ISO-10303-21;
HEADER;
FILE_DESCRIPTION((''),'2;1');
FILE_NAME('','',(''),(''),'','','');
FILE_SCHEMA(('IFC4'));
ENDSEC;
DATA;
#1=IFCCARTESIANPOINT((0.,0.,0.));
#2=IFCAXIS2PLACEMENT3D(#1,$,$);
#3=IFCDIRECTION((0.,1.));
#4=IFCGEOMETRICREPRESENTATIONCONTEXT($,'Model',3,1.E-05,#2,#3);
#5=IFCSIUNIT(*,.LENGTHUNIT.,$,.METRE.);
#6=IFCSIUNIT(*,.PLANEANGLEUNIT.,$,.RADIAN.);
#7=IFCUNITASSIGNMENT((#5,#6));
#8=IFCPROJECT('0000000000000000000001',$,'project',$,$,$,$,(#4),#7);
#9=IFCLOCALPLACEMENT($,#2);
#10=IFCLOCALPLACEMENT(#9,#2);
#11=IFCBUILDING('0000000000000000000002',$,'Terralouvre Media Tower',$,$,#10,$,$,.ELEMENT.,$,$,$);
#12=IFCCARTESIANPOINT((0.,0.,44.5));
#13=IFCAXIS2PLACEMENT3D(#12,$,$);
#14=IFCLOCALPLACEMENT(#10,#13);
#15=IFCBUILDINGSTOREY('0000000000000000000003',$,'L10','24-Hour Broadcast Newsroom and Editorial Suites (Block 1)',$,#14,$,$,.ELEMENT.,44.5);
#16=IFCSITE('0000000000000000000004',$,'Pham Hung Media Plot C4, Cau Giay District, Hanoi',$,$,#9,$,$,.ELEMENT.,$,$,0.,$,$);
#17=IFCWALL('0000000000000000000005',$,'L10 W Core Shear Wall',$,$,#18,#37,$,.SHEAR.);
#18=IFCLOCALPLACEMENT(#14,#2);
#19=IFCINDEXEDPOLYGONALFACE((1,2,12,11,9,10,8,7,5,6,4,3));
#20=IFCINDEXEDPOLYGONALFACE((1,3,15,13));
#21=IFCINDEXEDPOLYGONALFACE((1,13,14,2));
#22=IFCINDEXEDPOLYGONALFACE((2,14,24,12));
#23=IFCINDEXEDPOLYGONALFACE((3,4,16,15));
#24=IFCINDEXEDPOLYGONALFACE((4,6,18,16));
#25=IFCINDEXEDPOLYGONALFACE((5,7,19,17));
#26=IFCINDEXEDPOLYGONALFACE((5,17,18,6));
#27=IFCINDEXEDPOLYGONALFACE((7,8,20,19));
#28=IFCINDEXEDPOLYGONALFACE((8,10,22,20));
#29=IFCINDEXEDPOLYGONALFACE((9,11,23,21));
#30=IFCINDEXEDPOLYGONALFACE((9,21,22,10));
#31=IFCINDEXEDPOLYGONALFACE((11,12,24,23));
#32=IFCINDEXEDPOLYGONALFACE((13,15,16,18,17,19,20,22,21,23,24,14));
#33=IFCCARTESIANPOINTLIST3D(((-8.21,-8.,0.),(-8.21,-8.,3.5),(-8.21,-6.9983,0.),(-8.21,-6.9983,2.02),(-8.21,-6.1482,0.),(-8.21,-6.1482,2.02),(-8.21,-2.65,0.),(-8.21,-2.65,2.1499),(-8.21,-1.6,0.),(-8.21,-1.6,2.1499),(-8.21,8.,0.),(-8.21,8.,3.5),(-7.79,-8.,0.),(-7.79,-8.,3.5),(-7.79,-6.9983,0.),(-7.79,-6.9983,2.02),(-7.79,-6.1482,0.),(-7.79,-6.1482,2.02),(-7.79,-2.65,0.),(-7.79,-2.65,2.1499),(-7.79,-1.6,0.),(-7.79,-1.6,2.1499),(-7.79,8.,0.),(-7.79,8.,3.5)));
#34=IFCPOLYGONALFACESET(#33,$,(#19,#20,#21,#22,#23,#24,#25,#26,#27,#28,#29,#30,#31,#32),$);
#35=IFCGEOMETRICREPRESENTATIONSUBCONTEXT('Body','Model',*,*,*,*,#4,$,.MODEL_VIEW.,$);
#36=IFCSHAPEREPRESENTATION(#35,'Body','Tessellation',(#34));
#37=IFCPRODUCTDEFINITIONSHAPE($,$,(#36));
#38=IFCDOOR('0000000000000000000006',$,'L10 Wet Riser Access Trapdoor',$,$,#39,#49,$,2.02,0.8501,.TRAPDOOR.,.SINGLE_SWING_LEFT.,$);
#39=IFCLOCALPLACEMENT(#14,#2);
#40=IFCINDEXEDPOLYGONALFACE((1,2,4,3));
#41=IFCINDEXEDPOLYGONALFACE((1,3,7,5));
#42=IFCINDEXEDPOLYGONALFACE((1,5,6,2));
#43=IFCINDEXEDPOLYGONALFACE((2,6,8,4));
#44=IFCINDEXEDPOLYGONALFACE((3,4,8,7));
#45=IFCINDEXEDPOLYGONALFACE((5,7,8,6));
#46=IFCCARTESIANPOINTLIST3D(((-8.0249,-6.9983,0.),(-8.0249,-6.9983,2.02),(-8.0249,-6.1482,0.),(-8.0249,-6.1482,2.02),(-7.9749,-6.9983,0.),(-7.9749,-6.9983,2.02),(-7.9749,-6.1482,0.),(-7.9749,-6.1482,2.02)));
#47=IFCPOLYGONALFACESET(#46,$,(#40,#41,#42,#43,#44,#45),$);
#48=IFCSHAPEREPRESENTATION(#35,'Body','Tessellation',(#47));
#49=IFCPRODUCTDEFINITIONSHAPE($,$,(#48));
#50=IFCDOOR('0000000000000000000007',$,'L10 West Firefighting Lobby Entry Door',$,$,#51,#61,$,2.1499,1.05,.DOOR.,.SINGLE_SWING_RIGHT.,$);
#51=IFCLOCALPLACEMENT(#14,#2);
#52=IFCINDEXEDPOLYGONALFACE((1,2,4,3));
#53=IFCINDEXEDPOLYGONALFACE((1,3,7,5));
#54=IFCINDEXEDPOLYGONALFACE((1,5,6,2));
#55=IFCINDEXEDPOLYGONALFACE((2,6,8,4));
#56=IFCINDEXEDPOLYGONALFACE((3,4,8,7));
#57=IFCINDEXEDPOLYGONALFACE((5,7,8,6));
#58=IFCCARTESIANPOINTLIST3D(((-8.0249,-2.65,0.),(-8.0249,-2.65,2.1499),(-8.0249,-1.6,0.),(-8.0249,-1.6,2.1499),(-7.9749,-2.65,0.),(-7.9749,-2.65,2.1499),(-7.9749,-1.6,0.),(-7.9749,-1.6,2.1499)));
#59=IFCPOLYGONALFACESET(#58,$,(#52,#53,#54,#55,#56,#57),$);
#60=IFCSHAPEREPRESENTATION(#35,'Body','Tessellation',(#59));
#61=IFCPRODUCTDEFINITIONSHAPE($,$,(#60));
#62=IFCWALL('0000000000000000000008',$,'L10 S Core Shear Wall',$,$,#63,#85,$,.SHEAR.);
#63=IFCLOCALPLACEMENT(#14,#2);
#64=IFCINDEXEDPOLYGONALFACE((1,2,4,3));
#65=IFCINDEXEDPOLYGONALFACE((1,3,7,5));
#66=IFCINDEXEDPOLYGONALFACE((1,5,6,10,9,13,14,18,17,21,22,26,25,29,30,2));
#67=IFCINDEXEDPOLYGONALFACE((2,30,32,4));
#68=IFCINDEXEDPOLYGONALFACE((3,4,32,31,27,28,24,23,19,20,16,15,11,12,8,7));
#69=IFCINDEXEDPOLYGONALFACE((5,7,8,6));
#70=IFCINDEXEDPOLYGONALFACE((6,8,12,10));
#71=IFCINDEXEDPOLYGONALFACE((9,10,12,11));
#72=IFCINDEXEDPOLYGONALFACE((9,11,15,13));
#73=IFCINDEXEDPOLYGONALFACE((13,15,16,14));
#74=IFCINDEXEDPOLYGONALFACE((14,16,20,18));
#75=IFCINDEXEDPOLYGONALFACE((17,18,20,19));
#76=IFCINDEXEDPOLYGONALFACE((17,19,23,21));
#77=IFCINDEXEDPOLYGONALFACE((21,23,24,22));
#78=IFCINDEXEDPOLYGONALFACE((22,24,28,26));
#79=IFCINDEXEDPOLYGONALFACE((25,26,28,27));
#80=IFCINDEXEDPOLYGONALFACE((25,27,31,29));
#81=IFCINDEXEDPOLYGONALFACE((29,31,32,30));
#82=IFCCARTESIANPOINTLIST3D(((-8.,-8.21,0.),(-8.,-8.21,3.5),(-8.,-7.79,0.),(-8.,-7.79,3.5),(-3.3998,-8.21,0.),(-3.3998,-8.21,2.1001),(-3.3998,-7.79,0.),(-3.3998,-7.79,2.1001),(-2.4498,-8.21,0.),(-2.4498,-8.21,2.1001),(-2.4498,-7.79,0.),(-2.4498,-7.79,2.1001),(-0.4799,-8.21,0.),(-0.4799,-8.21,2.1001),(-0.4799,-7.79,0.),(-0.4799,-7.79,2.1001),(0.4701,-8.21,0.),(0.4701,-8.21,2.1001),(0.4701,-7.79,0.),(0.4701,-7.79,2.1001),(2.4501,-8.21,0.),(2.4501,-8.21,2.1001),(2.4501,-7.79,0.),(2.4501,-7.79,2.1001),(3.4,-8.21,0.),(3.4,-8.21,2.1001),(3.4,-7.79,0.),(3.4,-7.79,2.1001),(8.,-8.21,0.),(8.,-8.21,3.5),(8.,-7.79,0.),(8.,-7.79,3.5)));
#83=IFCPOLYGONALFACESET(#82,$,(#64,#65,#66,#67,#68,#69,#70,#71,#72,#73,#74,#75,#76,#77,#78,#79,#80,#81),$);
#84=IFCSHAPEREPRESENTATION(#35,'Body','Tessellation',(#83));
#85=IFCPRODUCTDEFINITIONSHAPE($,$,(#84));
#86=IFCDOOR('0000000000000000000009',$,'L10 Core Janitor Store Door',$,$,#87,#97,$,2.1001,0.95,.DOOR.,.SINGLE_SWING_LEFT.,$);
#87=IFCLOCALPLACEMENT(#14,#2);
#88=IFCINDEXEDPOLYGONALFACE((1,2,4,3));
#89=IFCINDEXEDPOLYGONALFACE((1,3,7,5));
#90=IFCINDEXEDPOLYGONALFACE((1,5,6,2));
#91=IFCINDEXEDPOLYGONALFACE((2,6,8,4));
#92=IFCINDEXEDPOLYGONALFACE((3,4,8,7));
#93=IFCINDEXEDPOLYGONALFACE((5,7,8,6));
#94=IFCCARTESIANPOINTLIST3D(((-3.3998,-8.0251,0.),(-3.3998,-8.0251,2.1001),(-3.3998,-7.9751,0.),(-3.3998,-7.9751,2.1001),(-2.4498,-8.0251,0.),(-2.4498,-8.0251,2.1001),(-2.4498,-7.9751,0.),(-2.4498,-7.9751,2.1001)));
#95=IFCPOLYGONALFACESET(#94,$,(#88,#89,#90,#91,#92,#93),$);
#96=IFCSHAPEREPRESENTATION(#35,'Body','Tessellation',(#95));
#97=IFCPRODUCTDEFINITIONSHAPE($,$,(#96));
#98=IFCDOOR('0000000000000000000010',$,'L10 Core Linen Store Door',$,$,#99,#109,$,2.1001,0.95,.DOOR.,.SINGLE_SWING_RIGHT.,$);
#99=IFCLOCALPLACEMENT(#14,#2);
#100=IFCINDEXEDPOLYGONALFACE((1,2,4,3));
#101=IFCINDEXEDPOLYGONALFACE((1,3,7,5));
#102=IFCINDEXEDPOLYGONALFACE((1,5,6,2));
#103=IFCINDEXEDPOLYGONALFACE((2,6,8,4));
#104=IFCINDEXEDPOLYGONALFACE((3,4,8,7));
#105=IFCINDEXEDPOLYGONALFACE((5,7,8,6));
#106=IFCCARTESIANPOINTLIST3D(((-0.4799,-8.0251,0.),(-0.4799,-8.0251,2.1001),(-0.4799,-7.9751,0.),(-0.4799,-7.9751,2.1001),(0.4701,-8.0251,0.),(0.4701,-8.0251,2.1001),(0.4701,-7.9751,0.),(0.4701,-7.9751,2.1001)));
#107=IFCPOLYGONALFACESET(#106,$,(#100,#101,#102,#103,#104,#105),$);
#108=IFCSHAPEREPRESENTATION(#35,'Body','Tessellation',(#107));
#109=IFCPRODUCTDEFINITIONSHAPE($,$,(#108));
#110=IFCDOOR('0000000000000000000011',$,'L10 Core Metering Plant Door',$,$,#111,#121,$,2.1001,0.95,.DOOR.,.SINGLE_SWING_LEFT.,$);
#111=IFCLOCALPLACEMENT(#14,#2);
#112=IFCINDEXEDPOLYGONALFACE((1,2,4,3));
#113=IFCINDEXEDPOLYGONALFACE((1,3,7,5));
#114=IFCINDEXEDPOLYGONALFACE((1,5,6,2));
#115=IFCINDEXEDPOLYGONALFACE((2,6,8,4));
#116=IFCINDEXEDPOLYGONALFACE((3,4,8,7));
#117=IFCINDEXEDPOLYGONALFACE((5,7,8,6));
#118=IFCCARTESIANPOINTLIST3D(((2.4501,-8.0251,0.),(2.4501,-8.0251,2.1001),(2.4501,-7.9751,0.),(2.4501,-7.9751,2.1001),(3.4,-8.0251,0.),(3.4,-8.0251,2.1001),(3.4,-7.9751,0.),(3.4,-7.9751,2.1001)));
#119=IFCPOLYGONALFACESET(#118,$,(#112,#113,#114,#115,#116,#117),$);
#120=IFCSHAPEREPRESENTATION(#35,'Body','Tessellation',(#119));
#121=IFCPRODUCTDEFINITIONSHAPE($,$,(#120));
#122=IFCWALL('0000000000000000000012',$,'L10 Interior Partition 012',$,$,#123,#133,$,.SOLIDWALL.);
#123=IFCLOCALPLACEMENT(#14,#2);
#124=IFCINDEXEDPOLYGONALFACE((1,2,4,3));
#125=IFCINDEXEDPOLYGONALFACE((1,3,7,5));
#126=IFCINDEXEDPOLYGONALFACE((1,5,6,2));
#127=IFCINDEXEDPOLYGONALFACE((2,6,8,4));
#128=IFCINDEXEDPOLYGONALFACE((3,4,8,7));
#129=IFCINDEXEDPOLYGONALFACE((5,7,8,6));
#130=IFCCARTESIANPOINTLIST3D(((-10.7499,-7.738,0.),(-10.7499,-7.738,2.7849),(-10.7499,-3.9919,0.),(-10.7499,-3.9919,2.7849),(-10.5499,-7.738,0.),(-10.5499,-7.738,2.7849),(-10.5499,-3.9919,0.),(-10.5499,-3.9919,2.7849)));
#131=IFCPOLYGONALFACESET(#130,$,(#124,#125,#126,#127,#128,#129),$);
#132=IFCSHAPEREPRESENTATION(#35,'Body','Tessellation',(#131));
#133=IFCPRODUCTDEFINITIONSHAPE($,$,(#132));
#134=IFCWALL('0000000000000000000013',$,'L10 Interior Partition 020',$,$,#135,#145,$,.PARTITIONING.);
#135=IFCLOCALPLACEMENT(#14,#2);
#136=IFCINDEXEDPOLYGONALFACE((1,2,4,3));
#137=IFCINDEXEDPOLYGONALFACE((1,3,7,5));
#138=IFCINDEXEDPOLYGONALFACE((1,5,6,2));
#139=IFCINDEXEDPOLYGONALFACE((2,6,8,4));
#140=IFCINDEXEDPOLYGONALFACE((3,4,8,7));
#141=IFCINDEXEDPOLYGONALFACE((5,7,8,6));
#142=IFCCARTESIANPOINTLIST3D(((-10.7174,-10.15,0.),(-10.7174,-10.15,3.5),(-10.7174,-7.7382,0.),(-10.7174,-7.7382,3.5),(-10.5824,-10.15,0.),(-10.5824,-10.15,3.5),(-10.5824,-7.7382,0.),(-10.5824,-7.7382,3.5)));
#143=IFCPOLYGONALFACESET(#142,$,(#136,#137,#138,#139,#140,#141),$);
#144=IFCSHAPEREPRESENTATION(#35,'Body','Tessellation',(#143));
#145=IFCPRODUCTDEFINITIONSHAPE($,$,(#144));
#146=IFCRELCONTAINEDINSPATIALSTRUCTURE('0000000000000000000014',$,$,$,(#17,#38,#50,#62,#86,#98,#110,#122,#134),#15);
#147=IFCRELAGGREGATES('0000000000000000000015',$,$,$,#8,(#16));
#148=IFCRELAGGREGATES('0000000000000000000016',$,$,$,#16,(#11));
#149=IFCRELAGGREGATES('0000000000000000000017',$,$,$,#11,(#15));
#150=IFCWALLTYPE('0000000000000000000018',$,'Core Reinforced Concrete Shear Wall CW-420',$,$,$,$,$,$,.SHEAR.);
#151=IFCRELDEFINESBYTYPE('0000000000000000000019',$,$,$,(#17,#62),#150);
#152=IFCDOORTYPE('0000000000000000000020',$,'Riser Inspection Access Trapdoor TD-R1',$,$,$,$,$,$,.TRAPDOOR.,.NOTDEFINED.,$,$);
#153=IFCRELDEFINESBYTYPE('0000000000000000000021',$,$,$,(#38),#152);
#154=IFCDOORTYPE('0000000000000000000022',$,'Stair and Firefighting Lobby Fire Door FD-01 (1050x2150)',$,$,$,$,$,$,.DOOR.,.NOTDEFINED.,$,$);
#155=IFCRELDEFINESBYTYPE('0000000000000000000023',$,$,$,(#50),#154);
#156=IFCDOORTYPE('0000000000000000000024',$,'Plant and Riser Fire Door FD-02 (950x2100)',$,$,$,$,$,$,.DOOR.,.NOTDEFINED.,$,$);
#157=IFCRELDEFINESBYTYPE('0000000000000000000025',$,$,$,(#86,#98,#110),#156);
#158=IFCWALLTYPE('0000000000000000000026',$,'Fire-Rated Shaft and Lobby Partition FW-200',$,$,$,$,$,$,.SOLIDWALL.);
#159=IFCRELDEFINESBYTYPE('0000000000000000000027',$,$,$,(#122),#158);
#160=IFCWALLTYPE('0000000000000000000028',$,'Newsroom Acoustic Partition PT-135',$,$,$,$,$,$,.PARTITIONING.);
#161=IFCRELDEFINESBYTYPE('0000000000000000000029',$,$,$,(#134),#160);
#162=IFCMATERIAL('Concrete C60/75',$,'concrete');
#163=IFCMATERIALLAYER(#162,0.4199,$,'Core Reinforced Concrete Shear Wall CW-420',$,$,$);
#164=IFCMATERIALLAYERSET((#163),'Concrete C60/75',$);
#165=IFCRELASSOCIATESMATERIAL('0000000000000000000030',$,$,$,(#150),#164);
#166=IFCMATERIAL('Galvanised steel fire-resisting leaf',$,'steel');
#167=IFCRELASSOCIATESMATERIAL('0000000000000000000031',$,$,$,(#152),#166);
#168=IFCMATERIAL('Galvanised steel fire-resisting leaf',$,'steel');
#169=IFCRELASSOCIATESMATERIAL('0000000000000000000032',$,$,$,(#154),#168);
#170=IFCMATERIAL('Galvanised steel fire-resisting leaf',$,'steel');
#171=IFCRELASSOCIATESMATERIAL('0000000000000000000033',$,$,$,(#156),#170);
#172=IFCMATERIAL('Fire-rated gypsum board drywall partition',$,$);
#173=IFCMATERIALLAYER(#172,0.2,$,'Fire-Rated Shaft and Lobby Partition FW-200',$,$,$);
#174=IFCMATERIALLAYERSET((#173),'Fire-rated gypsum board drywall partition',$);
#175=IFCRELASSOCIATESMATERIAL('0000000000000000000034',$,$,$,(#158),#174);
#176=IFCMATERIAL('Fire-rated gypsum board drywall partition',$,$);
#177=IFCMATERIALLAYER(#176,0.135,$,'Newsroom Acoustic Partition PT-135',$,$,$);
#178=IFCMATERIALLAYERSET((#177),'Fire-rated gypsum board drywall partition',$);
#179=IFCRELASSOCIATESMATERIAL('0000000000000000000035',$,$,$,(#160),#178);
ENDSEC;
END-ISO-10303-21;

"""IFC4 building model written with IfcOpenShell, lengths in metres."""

from ifc_helpers import new_model, si_unit, direction, frame, frame_2d, origin, place, context, subcontext, project, spatial, rectangle, extrude, material, layer, layer_set, type_object, element, fill, save


model = new_model("IFC4")

# Units and contexts
model_context = context("Model", 3, precision=1e-05, world=origin(), true_north=direction((0.0, 1.0)))
body_context = subcontext(model_context, "Body", "Model", "MODEL_VIEW")
ifc_project = project(units=[si_unit("LENGTHUNIT", "METRE"), si_unit("PLANEANGLEUNIT", "RADIAN")], contexts=[model_context])

# Site, building, storey
site_placement = place(None, origin())
site = spatial("IfcSite", under=ifc_project, at=site_placement, Name="Pham Hung Media Plot C4, Cau Giay District, Hanoi", CompositionType="ELEMENT", RefElevation=0.0)
building_placement = place(site_placement, origin())
building = spatial("IfcBuilding", under=site, at=building_placement, Name="Terralouvre Media Tower", CompositionType="ELEMENT")
storey_placement = place(building_placement, frame((0.0, 0.0, 44.5)))
storey = spatial("IfcBuildingStorey", under=building, at=storey_placement, Name="L10", Description="24-Hour Broadcast Newsroom and Editorial Suites (Block 1)", CompositionType="ELEMENT", Elevation=44.5)

# Walls, openings, doors
ifc_material_1 = material(Name="Concrete C60/75", Category="concrete")
ifc_layer_1 = layer(ifc_material_1, 0.4199, Name="Core Reinforced Concrete Shear Wall CW-420")
ifc_layer_set_1 = layer_set([ifc_layer_1], Name="Concrete C60/75")
wall_type_1 = type_object("IfcWallType", Name="Core Reinforced Concrete Shear Wall CW-420", PredefinedType="SHEAR", material=ifc_layer_set_1)
wall_1_placement = place(storey_placement, frame((-8.0, -8.0, 0.0), z_axis=(0.0, 0.0, 1.0), x_axis=(0.0, 1.0, 0.0)))
wall_1 = element("IfcWall", 1, at=wall_1_placement, inside=storey, type_object=wall_type_1, Name="L10 W Core Shear Wall", PredefinedType="SHEAR", context=body_context, shape_type="SweptSolid", body=[
    extrude(rectangle(XDim=16.0, YDim=0.4199, at=frame_2d((8.0, 0.0))), origin(), (0.0, 0.0, 1.0), 3.5),
])
opening_1_placement = place(wall_1_placement, frame((1.0017, 0.0, 0.0)))
opening_1 = element("IfcOpeningElement", 2, at=opening_1_placement, cuts=wall_1, PredefinedType="OPENING", context=body_context, shape_type="SweptSolid", body=[
    extrude(rectangle(XDim=0.8501, YDim=2.02, at=frame_2d((0.425, 1.01))), frame((0.0, 0.22, 0.0), z_axis=(0.0, -1.0, 0.0), x_axis=(1.0, 0.0, 0.0)), (0.0, 0.0, 1.0), 0.4399),
])
opening_2_placement = place(wall_1_placement, frame((5.3501, 0.0, 0.0)))
opening_2 = element("IfcOpeningElement", 3, at=opening_2_placement, cuts=wall_1, PredefinedType="OPENING", context=body_context, shape_type="SweptSolid", body=[
    extrude(rectangle(XDim=1.05, YDim=2.1499, at=frame_2d((0.5249, 1.075))), frame((0.0, 0.22, 0.0), z_axis=(0.0, -1.0, 0.0), x_axis=(1.0, 0.0, 0.0)), (0.0, 0.0, 1.0), 0.4399),
])
ifc_material_2 = material(Name="Galvanised steel fire-resisting leaf", Category="steel")
door_type_1 = type_object("IfcDoorType", Name="Riser Inspection Access Trapdoor TD-R1", OperationType="NOTDEFINED", PredefinedType="TRAPDOOR", material=ifc_material_2)
door_1_placement = place(opening_1_placement, origin())
door_1 = element("IfcDoor", 4, at=door_1_placement, inside=storey, type_object=door_type_1, Name="L10 Wet Riser Access Trapdoor", OperationType="SINGLE_SWING_LEFT", OverallHeight=2.02, OverallWidth=0.8501, PredefinedType="TRAPDOOR", context=body_context, shape_type="SweptSolid", body=[
    extrude(rectangle(XDim=0.8501, YDim=2.02, at=frame_2d((0.425, 1.01))), frame((0.0, 0.0249, 0.0), z_axis=(0.0, -1.0, 0.0), x_axis=(1.0, 0.0, 0.0)), (0.0, 0.0, 1.0), 0.05),
])
fill(opening_1, door_1)
ifc_material_3 = material(Name="Galvanised steel fire-resisting leaf", Category="steel")
door_type_2 = type_object("IfcDoorType", Name="Stair and Firefighting Lobby Fire Door FD-01 (1050x2150)", OperationType="NOTDEFINED", PredefinedType="DOOR", material=ifc_material_3)
door_2_placement = place(opening_2_placement, origin())
door_2 = element("IfcDoor", 5, at=door_2_placement, inside=storey, type_object=door_type_2, Name="L10 West Firefighting Lobby Entry Door", OperationType="SINGLE_SWING_RIGHT", OverallHeight=2.1499, OverallWidth=1.05, PredefinedType="DOOR", context=body_context, shape_type="SweptSolid", body=[
    extrude(rectangle(XDim=1.05, YDim=2.1499, at=frame_2d((0.5249, 1.075))), frame((0.0, 0.0249, 0.0), z_axis=(0.0, -1.0, 0.0), x_axis=(1.0, 0.0, 0.0)), (0.0, 0.0, 1.0), 0.05),
])
fill(opening_2, door_2)
wall_2_placement = place(storey_placement, frame((-8.0, -8.0, 0.0), z_axis=(0.0, 0.0, 1.0), x_axis=(1.0, 0.0, 0.0)))
wall_2 = element("IfcWall", 6, at=wall_2_placement, inside=storey, type_object=wall_type_1, Name="L10 S Core Shear Wall", PredefinedType="SHEAR", context=body_context, shape_type="SweptSolid", body=[
    extrude(rectangle(XDim=16.0, YDim=0.4199, at=frame_2d((8.0, 0.0))), origin(), (0.0, 0.0, 1.0), 3.5),
])
opening_3_placement = place(wall_2_placement, frame((4.6001, 0.0, 0.0)))
opening_3 = element("IfcOpeningElement", 7, at=opening_3_placement, cuts=wall_2, PredefinedType="OPENING", context=body_context, shape_type="SweptSolid", body=[
    extrude(rectangle(XDim=0.95, YDim=2.1001, at=frame_2d((0.4751, 1.05))), frame((0.0, 0.22, 0.0), z_axis=(0.0, -1.0, 0.0), x_axis=(1.0, 0.0, 0.0)), (0.0, 0.0, 1.0), 0.4399),
])
opening_4_placement = place(wall_2_placement, frame((7.52, 0.0, 0.0)))
opening_4 = element("IfcOpeningElement", 8, at=opening_4_placement, cuts=wall_2, PredefinedType="OPENING", context=body_context, shape_type="SweptSolid", body=[
    extrude(rectangle(XDim=0.95, YDim=2.1001, at=frame_2d((0.4751, 1.05))), frame((0.0, 0.22, 0.0), z_axis=(0.0, -1.0, 0.0), x_axis=(1.0, 0.0, 0.0)), (0.0, 0.0, 1.0), 0.4399),
])
opening_5_placement = place(wall_2_placement, frame((10.45, 0.0, 0.0)))
opening_5 = element("IfcOpeningElement", 9, at=opening_5_placement, cuts=wall_2, PredefinedType="OPENING", context=body_context, shape_type="SweptSolid", body=[
    extrude(rectangle(XDim=0.95, YDim=2.1001, at=frame_2d((0.4751, 1.05))), frame((0.0, 0.22, 0.0), z_axis=(0.0, -1.0, 0.0), x_axis=(1.0, 0.0, 0.0)), (0.0, 0.0, 1.0), 0.4399),
])
ifc_material_4 = material(Name="Galvanised steel fire-resisting leaf", Category="steel")
door_type_3 = type_object("IfcDoorType", Name="Plant and Riser Fire Door FD-02 (950x2100)", OperationType="NOTDEFINED", PredefinedType="DOOR", material=ifc_material_4)
door_3_placement = place(opening_3_placement, origin())
door_3 = element("IfcDoor", 10, at=door_3_placement, inside=storey, type_object=door_type_3, Name="L10 Core Janitor Store Door", OperationType="SINGLE_SWING_LEFT", OverallHeight=2.1001, OverallWidth=0.95, PredefinedType="DOOR", context=body_context, shape_type="SweptSolid", body=[
    extrude(rectangle(XDim=0.95, YDim=2.1001, at=frame_2d((0.4751, 1.05))), frame((0.0, 0.0249, 0.0), z_axis=(0.0, -1.0, 0.0), x_axis=(1.0, 0.0, 0.0)), (0.0, 0.0, 1.0), 0.05),
])
fill(opening_3, door_3)
door_4_placement = place(opening_4_placement, origin())
door_4 = element("IfcDoor", 11, at=door_4_placement, inside=storey, type_object=door_type_3, Name="L10 Core Linen Store Door", OperationType="SINGLE_SWING_RIGHT", OverallHeight=2.1001, OverallWidth=0.95, PredefinedType="DOOR", context=body_context, shape_type="SweptSolid", body=[
    extrude(rectangle(XDim=0.95, YDim=2.1001, at=frame_2d((0.4751, 1.05))), frame((0.0, 0.0249, 0.0), z_axis=(0.0, -1.0, 0.0), x_axis=(1.0, 0.0, 0.0)), (0.0, 0.0, 1.0), 0.05),
])
fill(opening_4, door_4)
door_5_placement = place(opening_5_placement, origin())
door_5 = element("IfcDoor", 12, at=door_5_placement, inside=storey, type_object=door_type_3, Name="L10 Core Metering Plant Door", OperationType="SINGLE_SWING_LEFT", OverallHeight=2.1001, OverallWidth=0.95, PredefinedType="DOOR", context=body_context, shape_type="SweptSolid", body=[
    extrude(rectangle(XDim=0.95, YDim=2.1001, at=frame_2d((0.4751, 1.05))), frame((0.0, 0.0249, 0.0), z_axis=(0.0, -1.0, 0.0), x_axis=(1.0, 0.0, 0.0)), (0.0, 0.0, 1.0), 0.05),
])
fill(opening_5, door_5)

# Walls
ifc_material_5 = material(Name="Fire-rated gypsum board drywall partition")
ifc_layer_2 = layer(ifc_material_5, 0.2, Name="Fire-Rated Shaft and Lobby Partition FW-200")
ifc_layer_set_2 = layer_set([ifc_layer_2], Name="Fire-rated gypsum board drywall partition")
wall_type_2 = type_object("IfcWallType", Name="Fire-Rated Shaft and Lobby Partition FW-200", PredefinedType="SOLIDWALL", material=ifc_layer_set_2)
wall_3_placement = place(storey_placement, frame((-10.6499, -3.9919, 0.0), z_axis=(0.0, 0.0, 1.0), x_axis=(0.0, -1.0, 0.0)))
element("IfcWall", 13, at=wall_3_placement, inside=storey, type_object=wall_type_2, Name="L10 Interior Partition 012", PredefinedType="SOLIDWALL", context=body_context, shape_type="SweptSolid", body=[
    extrude(rectangle(XDim=3.7461, YDim=0.2, at=frame_2d((1.873, 0.0))), origin(), (0.0, 0.0, 1.0), 2.7849),
])
ifc_material_6 = material(Name="Fire-rated gypsum board drywall partition")
ifc_layer_3 = layer(ifc_material_6, 0.135, Name="Newsroom Acoustic Partition PT-135")
ifc_layer_set_3 = layer_set([ifc_layer_3], Name="Fire-rated gypsum board drywall partition")
wall_type_3 = type_object("IfcWallType", Name="Newsroom Acoustic Partition PT-135", PredefinedType="PARTITIONING", material=ifc_layer_set_3)
wall_4_placement = place(storey_placement, frame((-10.6499, -7.738, 0.0), z_axis=(0.0, 0.0, 1.0), x_axis=(0.0, -1.0, 0.0)))
element("IfcWall", 14, at=wall_4_placement, inside=storey, type_object=wall_type_3, Name="L10 Interior Partition 020", PredefinedType="PARTITIONING", context=body_context, shape_type="SweptSolid", body=[
    extrude(rectangle(XDim=2.4119, YDim=0.135, at=frame_2d((1.2061, 0.0))), origin(), (0.0, 0.0, 1.0), 3.5),
])

save(model, "model.ifc")
